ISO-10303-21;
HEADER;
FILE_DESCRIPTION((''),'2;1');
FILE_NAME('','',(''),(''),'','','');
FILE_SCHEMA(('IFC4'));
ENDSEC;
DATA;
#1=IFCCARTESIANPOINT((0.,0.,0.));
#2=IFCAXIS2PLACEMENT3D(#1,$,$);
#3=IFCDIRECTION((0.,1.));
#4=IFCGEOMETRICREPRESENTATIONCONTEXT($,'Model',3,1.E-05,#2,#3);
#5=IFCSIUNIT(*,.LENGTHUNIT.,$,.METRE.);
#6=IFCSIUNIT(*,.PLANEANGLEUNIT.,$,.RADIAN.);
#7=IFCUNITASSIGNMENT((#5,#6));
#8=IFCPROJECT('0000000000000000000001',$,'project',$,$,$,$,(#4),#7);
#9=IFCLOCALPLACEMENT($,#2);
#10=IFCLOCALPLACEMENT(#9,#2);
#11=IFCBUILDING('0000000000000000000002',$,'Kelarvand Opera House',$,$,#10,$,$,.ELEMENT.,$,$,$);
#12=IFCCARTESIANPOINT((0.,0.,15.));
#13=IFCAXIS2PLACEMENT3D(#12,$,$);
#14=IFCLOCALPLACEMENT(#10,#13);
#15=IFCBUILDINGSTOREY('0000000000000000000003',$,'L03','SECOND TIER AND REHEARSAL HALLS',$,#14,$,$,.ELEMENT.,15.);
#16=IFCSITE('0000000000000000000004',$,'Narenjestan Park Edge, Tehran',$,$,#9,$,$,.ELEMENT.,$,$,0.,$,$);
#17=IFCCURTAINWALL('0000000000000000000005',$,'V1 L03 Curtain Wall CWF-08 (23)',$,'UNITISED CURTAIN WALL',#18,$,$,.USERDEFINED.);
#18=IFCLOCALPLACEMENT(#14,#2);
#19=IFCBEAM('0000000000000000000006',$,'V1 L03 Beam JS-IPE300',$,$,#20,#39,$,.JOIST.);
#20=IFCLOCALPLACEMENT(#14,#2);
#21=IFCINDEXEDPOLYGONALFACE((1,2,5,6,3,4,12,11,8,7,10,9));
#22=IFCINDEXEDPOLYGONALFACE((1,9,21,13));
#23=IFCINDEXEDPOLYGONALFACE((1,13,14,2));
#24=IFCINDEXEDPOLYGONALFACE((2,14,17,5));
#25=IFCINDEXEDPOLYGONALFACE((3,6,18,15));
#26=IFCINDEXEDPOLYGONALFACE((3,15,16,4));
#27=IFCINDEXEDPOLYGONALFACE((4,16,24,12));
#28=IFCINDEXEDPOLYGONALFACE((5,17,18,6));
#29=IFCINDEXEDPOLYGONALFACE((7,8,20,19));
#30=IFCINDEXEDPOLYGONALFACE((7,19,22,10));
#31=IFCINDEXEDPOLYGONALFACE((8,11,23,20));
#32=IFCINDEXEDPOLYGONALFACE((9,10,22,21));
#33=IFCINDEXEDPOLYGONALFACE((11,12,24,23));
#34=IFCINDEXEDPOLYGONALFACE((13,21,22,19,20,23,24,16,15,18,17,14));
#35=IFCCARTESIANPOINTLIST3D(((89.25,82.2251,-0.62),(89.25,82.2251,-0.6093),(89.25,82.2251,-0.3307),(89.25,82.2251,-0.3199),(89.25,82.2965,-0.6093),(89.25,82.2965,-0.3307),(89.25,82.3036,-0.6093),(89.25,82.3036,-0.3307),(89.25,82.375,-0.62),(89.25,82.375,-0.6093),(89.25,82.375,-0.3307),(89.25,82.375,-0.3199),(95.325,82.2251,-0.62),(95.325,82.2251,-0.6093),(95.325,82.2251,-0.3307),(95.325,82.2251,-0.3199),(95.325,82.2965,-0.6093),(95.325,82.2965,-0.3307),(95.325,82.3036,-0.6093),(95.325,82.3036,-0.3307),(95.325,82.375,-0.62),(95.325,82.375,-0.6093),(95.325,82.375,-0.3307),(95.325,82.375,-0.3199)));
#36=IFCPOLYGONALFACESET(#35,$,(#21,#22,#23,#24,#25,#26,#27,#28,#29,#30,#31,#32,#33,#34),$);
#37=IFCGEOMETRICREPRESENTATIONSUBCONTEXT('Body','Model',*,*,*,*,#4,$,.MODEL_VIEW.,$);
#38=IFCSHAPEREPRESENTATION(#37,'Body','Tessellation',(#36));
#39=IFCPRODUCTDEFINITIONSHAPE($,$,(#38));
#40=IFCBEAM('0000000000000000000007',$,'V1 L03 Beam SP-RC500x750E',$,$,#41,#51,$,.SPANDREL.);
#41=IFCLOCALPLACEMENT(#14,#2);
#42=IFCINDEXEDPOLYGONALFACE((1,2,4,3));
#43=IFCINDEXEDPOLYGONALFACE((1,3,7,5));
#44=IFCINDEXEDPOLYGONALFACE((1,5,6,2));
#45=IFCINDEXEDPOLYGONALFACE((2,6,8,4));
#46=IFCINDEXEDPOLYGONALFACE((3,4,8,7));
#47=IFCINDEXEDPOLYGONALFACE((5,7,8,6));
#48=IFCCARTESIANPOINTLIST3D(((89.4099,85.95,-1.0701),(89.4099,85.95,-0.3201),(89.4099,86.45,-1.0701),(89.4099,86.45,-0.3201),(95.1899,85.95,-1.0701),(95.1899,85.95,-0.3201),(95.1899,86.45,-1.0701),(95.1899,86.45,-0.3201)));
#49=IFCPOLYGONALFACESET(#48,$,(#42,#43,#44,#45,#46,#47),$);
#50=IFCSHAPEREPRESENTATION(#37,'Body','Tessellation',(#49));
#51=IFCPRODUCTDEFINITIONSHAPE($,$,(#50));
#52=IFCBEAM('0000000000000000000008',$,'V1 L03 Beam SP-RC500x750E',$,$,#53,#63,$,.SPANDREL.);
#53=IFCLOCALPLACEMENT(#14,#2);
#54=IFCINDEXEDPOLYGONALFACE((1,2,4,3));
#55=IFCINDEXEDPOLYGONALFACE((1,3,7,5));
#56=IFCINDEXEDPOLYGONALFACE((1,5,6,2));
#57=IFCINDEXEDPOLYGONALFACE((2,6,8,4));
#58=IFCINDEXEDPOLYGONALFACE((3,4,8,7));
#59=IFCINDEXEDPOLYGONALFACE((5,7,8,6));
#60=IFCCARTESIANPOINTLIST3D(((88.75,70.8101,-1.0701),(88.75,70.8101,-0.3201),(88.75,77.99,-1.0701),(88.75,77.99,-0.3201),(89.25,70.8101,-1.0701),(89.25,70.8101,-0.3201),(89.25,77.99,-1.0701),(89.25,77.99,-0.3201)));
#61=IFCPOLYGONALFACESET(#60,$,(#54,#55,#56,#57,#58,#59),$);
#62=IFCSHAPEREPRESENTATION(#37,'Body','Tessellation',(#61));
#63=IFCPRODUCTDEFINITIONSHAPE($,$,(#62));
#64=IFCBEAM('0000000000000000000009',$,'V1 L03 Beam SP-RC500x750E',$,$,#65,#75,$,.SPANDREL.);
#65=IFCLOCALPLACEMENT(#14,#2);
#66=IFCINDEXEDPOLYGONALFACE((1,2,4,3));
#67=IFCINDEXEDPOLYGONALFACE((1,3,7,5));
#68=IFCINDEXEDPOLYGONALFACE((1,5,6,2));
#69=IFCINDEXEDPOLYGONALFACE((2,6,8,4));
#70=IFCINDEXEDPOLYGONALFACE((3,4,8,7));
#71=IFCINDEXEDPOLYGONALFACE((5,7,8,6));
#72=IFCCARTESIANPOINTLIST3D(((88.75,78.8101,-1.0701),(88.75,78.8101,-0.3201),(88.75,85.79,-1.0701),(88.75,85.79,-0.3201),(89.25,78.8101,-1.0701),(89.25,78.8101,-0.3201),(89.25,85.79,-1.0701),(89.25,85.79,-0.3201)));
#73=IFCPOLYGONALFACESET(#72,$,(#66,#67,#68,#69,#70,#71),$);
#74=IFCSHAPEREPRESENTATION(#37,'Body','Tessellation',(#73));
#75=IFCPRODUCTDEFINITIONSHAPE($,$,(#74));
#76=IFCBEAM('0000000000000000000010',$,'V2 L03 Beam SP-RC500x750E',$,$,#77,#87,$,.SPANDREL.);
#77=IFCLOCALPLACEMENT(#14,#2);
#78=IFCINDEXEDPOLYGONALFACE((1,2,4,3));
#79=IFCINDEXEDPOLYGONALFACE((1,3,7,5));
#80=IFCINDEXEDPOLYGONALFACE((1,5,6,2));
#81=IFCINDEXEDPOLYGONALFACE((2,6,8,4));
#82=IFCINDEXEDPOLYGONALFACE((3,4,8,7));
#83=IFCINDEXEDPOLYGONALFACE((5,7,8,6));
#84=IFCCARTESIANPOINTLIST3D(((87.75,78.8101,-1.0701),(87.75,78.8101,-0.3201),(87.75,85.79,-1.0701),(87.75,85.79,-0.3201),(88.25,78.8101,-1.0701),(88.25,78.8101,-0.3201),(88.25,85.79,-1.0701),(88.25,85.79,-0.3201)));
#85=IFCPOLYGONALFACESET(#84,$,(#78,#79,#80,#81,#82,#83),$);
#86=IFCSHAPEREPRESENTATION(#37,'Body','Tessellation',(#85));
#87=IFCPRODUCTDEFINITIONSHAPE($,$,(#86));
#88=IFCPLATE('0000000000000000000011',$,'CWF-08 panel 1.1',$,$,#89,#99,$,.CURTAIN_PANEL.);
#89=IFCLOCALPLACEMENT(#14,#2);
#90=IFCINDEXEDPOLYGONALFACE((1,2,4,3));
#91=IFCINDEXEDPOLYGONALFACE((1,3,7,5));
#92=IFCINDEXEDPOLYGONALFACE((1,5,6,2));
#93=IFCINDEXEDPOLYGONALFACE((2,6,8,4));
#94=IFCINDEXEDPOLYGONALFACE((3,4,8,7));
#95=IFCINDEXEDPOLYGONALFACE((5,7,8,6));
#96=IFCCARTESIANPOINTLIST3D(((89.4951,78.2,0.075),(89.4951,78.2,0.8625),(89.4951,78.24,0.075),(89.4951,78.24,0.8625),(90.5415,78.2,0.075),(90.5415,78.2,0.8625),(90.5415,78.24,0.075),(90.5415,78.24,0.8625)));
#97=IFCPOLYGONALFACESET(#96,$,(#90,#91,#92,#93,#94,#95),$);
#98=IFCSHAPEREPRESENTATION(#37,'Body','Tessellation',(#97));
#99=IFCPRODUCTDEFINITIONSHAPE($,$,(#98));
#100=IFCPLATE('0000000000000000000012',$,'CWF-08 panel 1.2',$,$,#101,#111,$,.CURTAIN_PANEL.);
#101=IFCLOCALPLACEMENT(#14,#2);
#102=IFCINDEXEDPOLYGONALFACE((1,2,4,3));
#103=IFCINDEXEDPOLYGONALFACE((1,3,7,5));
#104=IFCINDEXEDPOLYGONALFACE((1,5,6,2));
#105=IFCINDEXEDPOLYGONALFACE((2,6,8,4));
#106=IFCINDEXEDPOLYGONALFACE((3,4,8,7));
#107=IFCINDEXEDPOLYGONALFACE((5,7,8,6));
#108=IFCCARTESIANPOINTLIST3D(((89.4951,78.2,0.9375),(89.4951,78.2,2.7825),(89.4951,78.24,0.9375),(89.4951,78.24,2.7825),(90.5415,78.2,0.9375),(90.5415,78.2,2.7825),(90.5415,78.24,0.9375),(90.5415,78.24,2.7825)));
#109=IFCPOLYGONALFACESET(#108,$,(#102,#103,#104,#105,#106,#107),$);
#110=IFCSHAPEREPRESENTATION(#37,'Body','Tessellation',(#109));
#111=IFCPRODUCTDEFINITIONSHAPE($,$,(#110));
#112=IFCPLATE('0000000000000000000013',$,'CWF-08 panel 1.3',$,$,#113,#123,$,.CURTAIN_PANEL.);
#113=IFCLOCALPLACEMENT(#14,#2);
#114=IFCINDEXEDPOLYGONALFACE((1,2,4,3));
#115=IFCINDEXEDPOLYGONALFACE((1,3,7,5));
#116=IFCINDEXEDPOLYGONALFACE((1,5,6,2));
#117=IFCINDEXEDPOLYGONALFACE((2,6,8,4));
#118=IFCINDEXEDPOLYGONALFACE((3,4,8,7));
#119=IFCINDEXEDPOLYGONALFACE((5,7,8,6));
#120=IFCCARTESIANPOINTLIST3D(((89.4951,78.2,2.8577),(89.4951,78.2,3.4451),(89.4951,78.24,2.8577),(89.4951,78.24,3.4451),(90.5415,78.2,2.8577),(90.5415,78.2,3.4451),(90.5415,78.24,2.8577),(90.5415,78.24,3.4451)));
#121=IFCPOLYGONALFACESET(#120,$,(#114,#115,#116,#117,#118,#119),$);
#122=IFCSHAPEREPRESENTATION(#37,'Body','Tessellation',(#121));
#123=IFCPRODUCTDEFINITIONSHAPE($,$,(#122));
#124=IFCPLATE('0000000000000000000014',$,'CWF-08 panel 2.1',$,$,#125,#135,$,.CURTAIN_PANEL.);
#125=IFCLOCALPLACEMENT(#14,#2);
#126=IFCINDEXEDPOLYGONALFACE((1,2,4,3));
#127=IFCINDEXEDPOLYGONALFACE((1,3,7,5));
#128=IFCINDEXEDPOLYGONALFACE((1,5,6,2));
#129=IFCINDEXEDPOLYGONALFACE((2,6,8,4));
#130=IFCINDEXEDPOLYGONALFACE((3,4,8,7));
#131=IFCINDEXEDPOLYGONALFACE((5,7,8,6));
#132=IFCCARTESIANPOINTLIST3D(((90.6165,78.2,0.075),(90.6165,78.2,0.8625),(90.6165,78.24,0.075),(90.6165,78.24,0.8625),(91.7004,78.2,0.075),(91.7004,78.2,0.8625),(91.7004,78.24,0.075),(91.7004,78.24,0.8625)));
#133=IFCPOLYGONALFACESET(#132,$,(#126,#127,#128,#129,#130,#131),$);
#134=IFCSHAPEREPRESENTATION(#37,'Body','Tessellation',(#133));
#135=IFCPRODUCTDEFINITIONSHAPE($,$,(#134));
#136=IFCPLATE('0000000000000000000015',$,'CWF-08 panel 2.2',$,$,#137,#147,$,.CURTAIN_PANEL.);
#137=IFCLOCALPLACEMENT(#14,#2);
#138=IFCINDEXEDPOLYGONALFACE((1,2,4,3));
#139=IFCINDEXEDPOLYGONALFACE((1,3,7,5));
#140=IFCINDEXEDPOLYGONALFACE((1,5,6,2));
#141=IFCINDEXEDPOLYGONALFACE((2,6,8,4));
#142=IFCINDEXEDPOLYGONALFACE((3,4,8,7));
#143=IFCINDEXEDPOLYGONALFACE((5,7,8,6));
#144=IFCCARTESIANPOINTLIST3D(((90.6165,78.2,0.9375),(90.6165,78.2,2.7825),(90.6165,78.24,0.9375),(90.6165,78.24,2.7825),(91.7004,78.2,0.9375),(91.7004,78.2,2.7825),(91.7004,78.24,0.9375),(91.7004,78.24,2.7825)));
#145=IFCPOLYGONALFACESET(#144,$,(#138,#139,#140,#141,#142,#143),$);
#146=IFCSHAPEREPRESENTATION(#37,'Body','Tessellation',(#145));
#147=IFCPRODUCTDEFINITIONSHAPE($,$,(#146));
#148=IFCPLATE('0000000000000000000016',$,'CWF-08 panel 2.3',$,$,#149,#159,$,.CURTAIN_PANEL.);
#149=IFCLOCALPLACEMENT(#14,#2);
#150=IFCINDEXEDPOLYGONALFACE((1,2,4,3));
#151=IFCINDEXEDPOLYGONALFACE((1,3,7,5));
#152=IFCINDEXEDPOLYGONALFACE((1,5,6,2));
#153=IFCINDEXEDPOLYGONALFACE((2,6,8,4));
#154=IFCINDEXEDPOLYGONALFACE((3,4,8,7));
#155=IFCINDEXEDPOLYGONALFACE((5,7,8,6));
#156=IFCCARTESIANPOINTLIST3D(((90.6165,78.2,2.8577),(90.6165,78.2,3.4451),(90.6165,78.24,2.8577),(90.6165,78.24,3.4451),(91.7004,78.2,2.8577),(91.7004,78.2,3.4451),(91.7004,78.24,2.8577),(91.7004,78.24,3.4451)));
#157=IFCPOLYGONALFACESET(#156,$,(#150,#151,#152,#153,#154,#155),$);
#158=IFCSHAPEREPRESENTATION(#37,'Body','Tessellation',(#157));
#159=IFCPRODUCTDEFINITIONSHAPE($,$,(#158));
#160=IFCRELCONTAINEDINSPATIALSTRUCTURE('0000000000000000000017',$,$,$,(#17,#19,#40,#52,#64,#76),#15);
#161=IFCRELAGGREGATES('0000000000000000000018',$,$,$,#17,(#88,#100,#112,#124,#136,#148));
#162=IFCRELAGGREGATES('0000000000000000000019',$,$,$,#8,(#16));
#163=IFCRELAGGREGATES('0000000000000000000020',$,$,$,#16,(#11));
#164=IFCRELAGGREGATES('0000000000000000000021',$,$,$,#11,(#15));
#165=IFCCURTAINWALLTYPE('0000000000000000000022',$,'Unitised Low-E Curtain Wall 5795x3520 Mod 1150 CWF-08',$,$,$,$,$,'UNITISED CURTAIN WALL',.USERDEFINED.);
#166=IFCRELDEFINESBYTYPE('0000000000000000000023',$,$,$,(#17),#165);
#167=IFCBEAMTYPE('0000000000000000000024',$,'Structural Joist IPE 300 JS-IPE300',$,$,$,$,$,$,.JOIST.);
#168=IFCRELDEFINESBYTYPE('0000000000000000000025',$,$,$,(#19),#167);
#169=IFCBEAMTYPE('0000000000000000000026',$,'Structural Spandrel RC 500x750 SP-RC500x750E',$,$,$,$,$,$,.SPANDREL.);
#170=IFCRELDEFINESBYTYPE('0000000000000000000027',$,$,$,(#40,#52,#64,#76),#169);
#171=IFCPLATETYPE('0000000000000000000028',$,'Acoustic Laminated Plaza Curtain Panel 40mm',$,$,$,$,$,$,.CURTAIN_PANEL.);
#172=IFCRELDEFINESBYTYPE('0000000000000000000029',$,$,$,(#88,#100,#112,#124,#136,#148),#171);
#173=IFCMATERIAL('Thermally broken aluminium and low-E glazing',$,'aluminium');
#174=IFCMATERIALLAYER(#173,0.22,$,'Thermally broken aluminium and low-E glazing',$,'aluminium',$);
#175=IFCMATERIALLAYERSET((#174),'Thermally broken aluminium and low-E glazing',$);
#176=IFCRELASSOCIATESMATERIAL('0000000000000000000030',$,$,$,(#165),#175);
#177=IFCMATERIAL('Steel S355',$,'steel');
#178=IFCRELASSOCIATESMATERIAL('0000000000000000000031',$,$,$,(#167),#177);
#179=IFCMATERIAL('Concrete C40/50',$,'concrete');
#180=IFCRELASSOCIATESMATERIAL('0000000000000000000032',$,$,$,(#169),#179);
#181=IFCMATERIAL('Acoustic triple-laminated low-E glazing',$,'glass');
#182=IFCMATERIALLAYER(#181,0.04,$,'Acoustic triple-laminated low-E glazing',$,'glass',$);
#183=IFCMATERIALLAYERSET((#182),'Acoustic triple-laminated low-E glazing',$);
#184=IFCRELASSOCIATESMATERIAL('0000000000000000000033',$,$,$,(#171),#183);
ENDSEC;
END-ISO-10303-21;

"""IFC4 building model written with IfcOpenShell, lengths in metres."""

from ifc_helpers import new_model, si_unit, direction, frame, origin, origin_2d, place, context, subcontext, project, spatial, rectangle, i_section, extrude, material, layer, layer_set, material_profile, profile_set, type_object, element, aggregate, save


model = new_model("IFC4")

# Units and contexts
model_context = context("Model", 3, precision=1e-05, world=origin(), true_north=direction((0.0, 1.0)))
body_context = subcontext(model_context, "Body", "Model", "MODEL_VIEW")
ifc_project = project(units=[si_unit("LENGTHUNIT", "METRE"), si_unit("PLANEANGLEUNIT", "RADIAN")], contexts=[model_context])

# Site, building, storey
site_placement = place(None, origin())
site = spatial("IfcSite", under=ifc_project, at=site_placement, Name="Narenjestan Park Edge, Tehran", CompositionType="ELEMENT", RefElevation=0.0)
building_placement = place(site_placement, origin())
building = spatial("IfcBuilding", under=site, at=building_placement, Name="Kelarvand Opera House", CompositionType="ELEMENT")
storey_placement = place(building_placement, frame((0.0, 0.0, 15.0)))
storey = spatial("IfcBuildingStorey", under=building, at=storey_placement, Name="L03", Description="SECOND TIER AND REHEARSAL HALLS", CompositionType="ELEMENT", Elevation=15.0)

# Shared definitions
ifc_material_1 = material(Name="Concrete C40/50", Category="concrete")

# Curtain wall
ifc_material_2 = material(Name="Thermally broken aluminium and low-E glazing", Category="aluminium")
ifc_layer_1 = layer(ifc_material_2, 0.22, Name="Thermally broken aluminium and low-E glazing", Category="aluminium")
ifc_layer_set_1 = layer_set([ifc_layer_1], Name="Thermally broken aluminium and low-E glazing")
curtain_wall_type = type_object("IfcCurtainWallType", Name="Unitised Low-E Curtain Wall 5795x3520 Mod 1150 CWF-08", ElementType="UNITISED CURTAIN WALL", PredefinedType="USERDEFINED", material=ifc_layer_set_1)
curtain_wall_placement = place(storey_placement, origin())
curtain_wall = element("IfcCurtainWall", 1, at=curtain_wall_placement, inside=storey, type_object=curtain_wall_type, Name="V1 L03 Curtain Wall CWF-08 (23)", ObjectType="UNITISED CURTAIN WALL", PredefinedType="USERDEFINED")

# Beams
ifc_material_3 = material(Name="Steel S355", Category="steel")
ifc_material_profile_1 = material_profile(ifc_material_3, i_section(OverallWidth=0.1499, OverallDepth=0.3, WebThickness=0.0071, FlangeThickness=0.0107, at=origin_2d()), Name="IPE 300", Category="steel")
ifc_profile_set_1 = profile_set([ifc_material_profile_1], Name="Steel S355")
beam_type_1 = type_object("IfcBeamType", Name="Structural Joist IPE 300 JS-IPE300", PredefinedType="JOIST", material=ifc_profile_set_1)
beam_1_placement = place(storey_placement, frame((89.25, 82.3, -0.47), z_axis=(1.0, 0.0, 0.0), x_axis=(0.0, 1.0, 0.0)))
element("IfcBeam", 2, at=beam_1_placement, inside=storey, type_object=beam_type_1, Name="V1 L03 Beam JS-IPE300", PredefinedType="JOIST", context=body_context, shape_type="SweptSolid", body=[
    extrude(i_section(OverallWidth=0.1499, OverallDepth=0.3, WebThickness=0.0071, FlangeThickness=0.0107, at=origin_2d()), origin(), (0.0, 0.0, 1.0), 6.075),
])
ifc_material_profile_2 = material_profile(ifc_material_1, rectangle(XDim=0.5, YDim=0.75, at=origin_2d()), Name="RC 500x750", Category="concrete")
ifc_profile_set_2 = profile_set([ifc_material_profile_2], Name="Concrete C40/50")
beam_type_2 = type_object("IfcBeamType", Name="Structural Spandrel RC 500x750 SP-RC500x750E", PredefinedType="SPANDREL", material=ifc_profile_set_2)
beam_2_placement = place(storey_placement, frame((89.4099, 86.2, -0.6951), z_axis=(1.0, 0.0, 0.0), x_axis=(0.0, 1.0, 0.0)))
element("IfcBeam", 3, at=beam_2_placement, inside=storey, type_object=beam_type_2, Name="V1 L03 Beam SP-RC500x750E", PredefinedType="SPANDREL", context=body_context, shape_type="SweptSolid", body=[
    extrude(rectangle(XDim=0.5, YDim=0.75, at=origin_2d()), origin(), (0.0, 0.0, 1.0), 5.78),
])
beam_3_placement = place(storey_placement, frame((89.0, 70.8101, -0.6951), z_axis=(0.0, 1.0, 0.0), x_axis=(-1.0, 0.0, 0.0)))
element("IfcBeam", 4, at=beam_3_placement, inside=storey, type_object=beam_type_2, Name="V1 L03 Beam SP-RC500x750E", PredefinedType="SPANDREL", context=body_context, shape_type="SweptSolid", body=[
    extrude(rectangle(XDim=0.5, YDim=0.75, at=origin_2d()), origin(), (0.0, 0.0, 1.0), 7.1799),
])
for number, where, z_axis, x_axis, name in (
    (5, (89.0, 78.8101, -0.6951), (0.0, 1.0, 0.0), (-1.0, 0.0, 0.0), "V1 L03 Beam SP-RC500x750E"),
    (6, (88.0, 78.8101, -0.6951), (0.0, 1.0, 0.0), (-1.0, 0.0, 0.0), "V2 L03 Beam SP-RC500x750E"),
):
    element("IfcBeam", number, at=place(storey_placement, frame(where, z_axis=z_axis, x_axis=x_axis)), inside=storey, type_object=beam_type_2, Name=name, PredefinedType="SPANDREL", context=body_context, shape_type="SweptSolid", body=[
        extrude(rectangle(XDim=0.5, YDim=0.75, at=origin_2d()), origin(), (0.0, 0.0, 1.0), 6.98),
    ])

# Plates
ifc_material_4 = material(Name="Acoustic triple-laminated low-E glazing", Category="glass")
ifc_layer_2 = layer(ifc_material_4, 0.04, Name="Acoustic triple-laminated low-E glazing", Category="glass")
ifc_layer_set_2 = layer_set([ifc_layer_2], Name="Acoustic triple-laminated low-E glazing")
plate_type = type_object("IfcPlateType", Name="Acoustic Laminated Plaza Curtain Panel 40mm", PredefinedType="CURTAIN_PANEL", material=ifc_layer_set_2)
plate_1_placement = place(storey_placement, frame((90.0183, 78.22, 0.075), z_axis=(0.0, 0.0, 1.0), x_axis=(1.0, 0.0, 0.0)))
plate_1 = element("IfcPlate", 7, at=plate_1_placement, type_object=plate_type, Name="CWF-08 panel 1.1", PredefinedType="CURTAIN_PANEL", context=body_context, shape_type="SweptSolid", body=[
    extrude(rectangle(XDim=1.0464, YDim=0.04, at=origin_2d()), origin(), (0.0, 0.0, 1.0), 0.7876),
])
plate_2_placement = place(storey_placement, frame((90.0183, 78.22, 0.9375), z_axis=(0.0, 0.0, 1.0), x_axis=(1.0, 0.0, 0.0)))
plate_2 = element("IfcPlate", 8, at=plate_2_placement, type_object=plate_type, Name="CWF-08 panel 1.2", PredefinedType="CURTAIN_PANEL", context=body_context, shape_type="SweptSolid", body=[
    extrude(rectangle(XDim=1.0464, YDim=0.04, at=origin_2d()), origin(), (0.0, 0.0, 1.0), 1.845),
])
plate_3_placement = place(storey_placement, frame((90.0183, 78.22, 2.8577), z_axis=(0.0, 0.0, 1.0), x_axis=(1.0, 0.0, 0.0)))
plate_3 = element("IfcPlate", 9, at=plate_3_placement, type_object=plate_type, Name="CWF-08 panel 1.3", PredefinedType="CURTAIN_PANEL", context=body_context, shape_type="SweptSolid", body=[
    extrude(rectangle(XDim=1.0464, YDim=0.04, at=origin_2d()), origin(), (0.0, 0.0, 1.0), 0.5874),
])
plate_4_placement = place(storey_placement, frame((91.1584, 78.22, 0.075), z_axis=(0.0, 0.0, 1.0), x_axis=(1.0, 0.0, 0.0)))
plate_4 = element("IfcPlate", 10, at=plate_4_placement, type_object=plate_type, Name="CWF-08 panel 2.1", PredefinedType="CURTAIN_PANEL", context=body_context, shape_type="SweptSolid", body=[
    extrude(rectangle(XDim=1.084, YDim=0.04, at=origin_2d()), origin(), (0.0, 0.0, 1.0), 0.7876),
])
plate_5_placement = place(storey_placement, frame((91.1584, 78.22, 0.9375), z_axis=(0.0, 0.0, 1.0), x_axis=(1.0, 0.0, 0.0)))
plate_5 = element("IfcPlate", 11, at=plate_5_placement, type_object=plate_type, Name="CWF-08 panel 2.2", PredefinedType="CURTAIN_PANEL", context=body_context, shape_type="SweptSolid", body=[
    extrude(rectangle(XDim=1.084, YDim=0.04, at=origin_2d()), origin(), (0.0, 0.0, 1.0), 1.845),
])
plate_6_placement = place(storey_placement, frame((91.1584, 78.22, 2.8577), z_axis=(0.0, 0.0, 1.0), x_axis=(1.0, 0.0, 0.0)))
plate_6 = element("IfcPlate", 12, at=plate_6_placement, type_object=plate_type, Name="CWF-08 panel 2.3", PredefinedType="CURTAIN_PANEL", context=body_context, shape_type="SweptSolid", body=[
    extrude(rectangle(XDim=1.084, YDim=0.04, at=origin_2d()), origin(), (0.0, 0.0, 1.0), 0.5874),
])
aggregate(curtain_wall, [plate_1, plate_2, plate_3, plate_4, plate_5, plate_6])

save(model, "model.ifc")
